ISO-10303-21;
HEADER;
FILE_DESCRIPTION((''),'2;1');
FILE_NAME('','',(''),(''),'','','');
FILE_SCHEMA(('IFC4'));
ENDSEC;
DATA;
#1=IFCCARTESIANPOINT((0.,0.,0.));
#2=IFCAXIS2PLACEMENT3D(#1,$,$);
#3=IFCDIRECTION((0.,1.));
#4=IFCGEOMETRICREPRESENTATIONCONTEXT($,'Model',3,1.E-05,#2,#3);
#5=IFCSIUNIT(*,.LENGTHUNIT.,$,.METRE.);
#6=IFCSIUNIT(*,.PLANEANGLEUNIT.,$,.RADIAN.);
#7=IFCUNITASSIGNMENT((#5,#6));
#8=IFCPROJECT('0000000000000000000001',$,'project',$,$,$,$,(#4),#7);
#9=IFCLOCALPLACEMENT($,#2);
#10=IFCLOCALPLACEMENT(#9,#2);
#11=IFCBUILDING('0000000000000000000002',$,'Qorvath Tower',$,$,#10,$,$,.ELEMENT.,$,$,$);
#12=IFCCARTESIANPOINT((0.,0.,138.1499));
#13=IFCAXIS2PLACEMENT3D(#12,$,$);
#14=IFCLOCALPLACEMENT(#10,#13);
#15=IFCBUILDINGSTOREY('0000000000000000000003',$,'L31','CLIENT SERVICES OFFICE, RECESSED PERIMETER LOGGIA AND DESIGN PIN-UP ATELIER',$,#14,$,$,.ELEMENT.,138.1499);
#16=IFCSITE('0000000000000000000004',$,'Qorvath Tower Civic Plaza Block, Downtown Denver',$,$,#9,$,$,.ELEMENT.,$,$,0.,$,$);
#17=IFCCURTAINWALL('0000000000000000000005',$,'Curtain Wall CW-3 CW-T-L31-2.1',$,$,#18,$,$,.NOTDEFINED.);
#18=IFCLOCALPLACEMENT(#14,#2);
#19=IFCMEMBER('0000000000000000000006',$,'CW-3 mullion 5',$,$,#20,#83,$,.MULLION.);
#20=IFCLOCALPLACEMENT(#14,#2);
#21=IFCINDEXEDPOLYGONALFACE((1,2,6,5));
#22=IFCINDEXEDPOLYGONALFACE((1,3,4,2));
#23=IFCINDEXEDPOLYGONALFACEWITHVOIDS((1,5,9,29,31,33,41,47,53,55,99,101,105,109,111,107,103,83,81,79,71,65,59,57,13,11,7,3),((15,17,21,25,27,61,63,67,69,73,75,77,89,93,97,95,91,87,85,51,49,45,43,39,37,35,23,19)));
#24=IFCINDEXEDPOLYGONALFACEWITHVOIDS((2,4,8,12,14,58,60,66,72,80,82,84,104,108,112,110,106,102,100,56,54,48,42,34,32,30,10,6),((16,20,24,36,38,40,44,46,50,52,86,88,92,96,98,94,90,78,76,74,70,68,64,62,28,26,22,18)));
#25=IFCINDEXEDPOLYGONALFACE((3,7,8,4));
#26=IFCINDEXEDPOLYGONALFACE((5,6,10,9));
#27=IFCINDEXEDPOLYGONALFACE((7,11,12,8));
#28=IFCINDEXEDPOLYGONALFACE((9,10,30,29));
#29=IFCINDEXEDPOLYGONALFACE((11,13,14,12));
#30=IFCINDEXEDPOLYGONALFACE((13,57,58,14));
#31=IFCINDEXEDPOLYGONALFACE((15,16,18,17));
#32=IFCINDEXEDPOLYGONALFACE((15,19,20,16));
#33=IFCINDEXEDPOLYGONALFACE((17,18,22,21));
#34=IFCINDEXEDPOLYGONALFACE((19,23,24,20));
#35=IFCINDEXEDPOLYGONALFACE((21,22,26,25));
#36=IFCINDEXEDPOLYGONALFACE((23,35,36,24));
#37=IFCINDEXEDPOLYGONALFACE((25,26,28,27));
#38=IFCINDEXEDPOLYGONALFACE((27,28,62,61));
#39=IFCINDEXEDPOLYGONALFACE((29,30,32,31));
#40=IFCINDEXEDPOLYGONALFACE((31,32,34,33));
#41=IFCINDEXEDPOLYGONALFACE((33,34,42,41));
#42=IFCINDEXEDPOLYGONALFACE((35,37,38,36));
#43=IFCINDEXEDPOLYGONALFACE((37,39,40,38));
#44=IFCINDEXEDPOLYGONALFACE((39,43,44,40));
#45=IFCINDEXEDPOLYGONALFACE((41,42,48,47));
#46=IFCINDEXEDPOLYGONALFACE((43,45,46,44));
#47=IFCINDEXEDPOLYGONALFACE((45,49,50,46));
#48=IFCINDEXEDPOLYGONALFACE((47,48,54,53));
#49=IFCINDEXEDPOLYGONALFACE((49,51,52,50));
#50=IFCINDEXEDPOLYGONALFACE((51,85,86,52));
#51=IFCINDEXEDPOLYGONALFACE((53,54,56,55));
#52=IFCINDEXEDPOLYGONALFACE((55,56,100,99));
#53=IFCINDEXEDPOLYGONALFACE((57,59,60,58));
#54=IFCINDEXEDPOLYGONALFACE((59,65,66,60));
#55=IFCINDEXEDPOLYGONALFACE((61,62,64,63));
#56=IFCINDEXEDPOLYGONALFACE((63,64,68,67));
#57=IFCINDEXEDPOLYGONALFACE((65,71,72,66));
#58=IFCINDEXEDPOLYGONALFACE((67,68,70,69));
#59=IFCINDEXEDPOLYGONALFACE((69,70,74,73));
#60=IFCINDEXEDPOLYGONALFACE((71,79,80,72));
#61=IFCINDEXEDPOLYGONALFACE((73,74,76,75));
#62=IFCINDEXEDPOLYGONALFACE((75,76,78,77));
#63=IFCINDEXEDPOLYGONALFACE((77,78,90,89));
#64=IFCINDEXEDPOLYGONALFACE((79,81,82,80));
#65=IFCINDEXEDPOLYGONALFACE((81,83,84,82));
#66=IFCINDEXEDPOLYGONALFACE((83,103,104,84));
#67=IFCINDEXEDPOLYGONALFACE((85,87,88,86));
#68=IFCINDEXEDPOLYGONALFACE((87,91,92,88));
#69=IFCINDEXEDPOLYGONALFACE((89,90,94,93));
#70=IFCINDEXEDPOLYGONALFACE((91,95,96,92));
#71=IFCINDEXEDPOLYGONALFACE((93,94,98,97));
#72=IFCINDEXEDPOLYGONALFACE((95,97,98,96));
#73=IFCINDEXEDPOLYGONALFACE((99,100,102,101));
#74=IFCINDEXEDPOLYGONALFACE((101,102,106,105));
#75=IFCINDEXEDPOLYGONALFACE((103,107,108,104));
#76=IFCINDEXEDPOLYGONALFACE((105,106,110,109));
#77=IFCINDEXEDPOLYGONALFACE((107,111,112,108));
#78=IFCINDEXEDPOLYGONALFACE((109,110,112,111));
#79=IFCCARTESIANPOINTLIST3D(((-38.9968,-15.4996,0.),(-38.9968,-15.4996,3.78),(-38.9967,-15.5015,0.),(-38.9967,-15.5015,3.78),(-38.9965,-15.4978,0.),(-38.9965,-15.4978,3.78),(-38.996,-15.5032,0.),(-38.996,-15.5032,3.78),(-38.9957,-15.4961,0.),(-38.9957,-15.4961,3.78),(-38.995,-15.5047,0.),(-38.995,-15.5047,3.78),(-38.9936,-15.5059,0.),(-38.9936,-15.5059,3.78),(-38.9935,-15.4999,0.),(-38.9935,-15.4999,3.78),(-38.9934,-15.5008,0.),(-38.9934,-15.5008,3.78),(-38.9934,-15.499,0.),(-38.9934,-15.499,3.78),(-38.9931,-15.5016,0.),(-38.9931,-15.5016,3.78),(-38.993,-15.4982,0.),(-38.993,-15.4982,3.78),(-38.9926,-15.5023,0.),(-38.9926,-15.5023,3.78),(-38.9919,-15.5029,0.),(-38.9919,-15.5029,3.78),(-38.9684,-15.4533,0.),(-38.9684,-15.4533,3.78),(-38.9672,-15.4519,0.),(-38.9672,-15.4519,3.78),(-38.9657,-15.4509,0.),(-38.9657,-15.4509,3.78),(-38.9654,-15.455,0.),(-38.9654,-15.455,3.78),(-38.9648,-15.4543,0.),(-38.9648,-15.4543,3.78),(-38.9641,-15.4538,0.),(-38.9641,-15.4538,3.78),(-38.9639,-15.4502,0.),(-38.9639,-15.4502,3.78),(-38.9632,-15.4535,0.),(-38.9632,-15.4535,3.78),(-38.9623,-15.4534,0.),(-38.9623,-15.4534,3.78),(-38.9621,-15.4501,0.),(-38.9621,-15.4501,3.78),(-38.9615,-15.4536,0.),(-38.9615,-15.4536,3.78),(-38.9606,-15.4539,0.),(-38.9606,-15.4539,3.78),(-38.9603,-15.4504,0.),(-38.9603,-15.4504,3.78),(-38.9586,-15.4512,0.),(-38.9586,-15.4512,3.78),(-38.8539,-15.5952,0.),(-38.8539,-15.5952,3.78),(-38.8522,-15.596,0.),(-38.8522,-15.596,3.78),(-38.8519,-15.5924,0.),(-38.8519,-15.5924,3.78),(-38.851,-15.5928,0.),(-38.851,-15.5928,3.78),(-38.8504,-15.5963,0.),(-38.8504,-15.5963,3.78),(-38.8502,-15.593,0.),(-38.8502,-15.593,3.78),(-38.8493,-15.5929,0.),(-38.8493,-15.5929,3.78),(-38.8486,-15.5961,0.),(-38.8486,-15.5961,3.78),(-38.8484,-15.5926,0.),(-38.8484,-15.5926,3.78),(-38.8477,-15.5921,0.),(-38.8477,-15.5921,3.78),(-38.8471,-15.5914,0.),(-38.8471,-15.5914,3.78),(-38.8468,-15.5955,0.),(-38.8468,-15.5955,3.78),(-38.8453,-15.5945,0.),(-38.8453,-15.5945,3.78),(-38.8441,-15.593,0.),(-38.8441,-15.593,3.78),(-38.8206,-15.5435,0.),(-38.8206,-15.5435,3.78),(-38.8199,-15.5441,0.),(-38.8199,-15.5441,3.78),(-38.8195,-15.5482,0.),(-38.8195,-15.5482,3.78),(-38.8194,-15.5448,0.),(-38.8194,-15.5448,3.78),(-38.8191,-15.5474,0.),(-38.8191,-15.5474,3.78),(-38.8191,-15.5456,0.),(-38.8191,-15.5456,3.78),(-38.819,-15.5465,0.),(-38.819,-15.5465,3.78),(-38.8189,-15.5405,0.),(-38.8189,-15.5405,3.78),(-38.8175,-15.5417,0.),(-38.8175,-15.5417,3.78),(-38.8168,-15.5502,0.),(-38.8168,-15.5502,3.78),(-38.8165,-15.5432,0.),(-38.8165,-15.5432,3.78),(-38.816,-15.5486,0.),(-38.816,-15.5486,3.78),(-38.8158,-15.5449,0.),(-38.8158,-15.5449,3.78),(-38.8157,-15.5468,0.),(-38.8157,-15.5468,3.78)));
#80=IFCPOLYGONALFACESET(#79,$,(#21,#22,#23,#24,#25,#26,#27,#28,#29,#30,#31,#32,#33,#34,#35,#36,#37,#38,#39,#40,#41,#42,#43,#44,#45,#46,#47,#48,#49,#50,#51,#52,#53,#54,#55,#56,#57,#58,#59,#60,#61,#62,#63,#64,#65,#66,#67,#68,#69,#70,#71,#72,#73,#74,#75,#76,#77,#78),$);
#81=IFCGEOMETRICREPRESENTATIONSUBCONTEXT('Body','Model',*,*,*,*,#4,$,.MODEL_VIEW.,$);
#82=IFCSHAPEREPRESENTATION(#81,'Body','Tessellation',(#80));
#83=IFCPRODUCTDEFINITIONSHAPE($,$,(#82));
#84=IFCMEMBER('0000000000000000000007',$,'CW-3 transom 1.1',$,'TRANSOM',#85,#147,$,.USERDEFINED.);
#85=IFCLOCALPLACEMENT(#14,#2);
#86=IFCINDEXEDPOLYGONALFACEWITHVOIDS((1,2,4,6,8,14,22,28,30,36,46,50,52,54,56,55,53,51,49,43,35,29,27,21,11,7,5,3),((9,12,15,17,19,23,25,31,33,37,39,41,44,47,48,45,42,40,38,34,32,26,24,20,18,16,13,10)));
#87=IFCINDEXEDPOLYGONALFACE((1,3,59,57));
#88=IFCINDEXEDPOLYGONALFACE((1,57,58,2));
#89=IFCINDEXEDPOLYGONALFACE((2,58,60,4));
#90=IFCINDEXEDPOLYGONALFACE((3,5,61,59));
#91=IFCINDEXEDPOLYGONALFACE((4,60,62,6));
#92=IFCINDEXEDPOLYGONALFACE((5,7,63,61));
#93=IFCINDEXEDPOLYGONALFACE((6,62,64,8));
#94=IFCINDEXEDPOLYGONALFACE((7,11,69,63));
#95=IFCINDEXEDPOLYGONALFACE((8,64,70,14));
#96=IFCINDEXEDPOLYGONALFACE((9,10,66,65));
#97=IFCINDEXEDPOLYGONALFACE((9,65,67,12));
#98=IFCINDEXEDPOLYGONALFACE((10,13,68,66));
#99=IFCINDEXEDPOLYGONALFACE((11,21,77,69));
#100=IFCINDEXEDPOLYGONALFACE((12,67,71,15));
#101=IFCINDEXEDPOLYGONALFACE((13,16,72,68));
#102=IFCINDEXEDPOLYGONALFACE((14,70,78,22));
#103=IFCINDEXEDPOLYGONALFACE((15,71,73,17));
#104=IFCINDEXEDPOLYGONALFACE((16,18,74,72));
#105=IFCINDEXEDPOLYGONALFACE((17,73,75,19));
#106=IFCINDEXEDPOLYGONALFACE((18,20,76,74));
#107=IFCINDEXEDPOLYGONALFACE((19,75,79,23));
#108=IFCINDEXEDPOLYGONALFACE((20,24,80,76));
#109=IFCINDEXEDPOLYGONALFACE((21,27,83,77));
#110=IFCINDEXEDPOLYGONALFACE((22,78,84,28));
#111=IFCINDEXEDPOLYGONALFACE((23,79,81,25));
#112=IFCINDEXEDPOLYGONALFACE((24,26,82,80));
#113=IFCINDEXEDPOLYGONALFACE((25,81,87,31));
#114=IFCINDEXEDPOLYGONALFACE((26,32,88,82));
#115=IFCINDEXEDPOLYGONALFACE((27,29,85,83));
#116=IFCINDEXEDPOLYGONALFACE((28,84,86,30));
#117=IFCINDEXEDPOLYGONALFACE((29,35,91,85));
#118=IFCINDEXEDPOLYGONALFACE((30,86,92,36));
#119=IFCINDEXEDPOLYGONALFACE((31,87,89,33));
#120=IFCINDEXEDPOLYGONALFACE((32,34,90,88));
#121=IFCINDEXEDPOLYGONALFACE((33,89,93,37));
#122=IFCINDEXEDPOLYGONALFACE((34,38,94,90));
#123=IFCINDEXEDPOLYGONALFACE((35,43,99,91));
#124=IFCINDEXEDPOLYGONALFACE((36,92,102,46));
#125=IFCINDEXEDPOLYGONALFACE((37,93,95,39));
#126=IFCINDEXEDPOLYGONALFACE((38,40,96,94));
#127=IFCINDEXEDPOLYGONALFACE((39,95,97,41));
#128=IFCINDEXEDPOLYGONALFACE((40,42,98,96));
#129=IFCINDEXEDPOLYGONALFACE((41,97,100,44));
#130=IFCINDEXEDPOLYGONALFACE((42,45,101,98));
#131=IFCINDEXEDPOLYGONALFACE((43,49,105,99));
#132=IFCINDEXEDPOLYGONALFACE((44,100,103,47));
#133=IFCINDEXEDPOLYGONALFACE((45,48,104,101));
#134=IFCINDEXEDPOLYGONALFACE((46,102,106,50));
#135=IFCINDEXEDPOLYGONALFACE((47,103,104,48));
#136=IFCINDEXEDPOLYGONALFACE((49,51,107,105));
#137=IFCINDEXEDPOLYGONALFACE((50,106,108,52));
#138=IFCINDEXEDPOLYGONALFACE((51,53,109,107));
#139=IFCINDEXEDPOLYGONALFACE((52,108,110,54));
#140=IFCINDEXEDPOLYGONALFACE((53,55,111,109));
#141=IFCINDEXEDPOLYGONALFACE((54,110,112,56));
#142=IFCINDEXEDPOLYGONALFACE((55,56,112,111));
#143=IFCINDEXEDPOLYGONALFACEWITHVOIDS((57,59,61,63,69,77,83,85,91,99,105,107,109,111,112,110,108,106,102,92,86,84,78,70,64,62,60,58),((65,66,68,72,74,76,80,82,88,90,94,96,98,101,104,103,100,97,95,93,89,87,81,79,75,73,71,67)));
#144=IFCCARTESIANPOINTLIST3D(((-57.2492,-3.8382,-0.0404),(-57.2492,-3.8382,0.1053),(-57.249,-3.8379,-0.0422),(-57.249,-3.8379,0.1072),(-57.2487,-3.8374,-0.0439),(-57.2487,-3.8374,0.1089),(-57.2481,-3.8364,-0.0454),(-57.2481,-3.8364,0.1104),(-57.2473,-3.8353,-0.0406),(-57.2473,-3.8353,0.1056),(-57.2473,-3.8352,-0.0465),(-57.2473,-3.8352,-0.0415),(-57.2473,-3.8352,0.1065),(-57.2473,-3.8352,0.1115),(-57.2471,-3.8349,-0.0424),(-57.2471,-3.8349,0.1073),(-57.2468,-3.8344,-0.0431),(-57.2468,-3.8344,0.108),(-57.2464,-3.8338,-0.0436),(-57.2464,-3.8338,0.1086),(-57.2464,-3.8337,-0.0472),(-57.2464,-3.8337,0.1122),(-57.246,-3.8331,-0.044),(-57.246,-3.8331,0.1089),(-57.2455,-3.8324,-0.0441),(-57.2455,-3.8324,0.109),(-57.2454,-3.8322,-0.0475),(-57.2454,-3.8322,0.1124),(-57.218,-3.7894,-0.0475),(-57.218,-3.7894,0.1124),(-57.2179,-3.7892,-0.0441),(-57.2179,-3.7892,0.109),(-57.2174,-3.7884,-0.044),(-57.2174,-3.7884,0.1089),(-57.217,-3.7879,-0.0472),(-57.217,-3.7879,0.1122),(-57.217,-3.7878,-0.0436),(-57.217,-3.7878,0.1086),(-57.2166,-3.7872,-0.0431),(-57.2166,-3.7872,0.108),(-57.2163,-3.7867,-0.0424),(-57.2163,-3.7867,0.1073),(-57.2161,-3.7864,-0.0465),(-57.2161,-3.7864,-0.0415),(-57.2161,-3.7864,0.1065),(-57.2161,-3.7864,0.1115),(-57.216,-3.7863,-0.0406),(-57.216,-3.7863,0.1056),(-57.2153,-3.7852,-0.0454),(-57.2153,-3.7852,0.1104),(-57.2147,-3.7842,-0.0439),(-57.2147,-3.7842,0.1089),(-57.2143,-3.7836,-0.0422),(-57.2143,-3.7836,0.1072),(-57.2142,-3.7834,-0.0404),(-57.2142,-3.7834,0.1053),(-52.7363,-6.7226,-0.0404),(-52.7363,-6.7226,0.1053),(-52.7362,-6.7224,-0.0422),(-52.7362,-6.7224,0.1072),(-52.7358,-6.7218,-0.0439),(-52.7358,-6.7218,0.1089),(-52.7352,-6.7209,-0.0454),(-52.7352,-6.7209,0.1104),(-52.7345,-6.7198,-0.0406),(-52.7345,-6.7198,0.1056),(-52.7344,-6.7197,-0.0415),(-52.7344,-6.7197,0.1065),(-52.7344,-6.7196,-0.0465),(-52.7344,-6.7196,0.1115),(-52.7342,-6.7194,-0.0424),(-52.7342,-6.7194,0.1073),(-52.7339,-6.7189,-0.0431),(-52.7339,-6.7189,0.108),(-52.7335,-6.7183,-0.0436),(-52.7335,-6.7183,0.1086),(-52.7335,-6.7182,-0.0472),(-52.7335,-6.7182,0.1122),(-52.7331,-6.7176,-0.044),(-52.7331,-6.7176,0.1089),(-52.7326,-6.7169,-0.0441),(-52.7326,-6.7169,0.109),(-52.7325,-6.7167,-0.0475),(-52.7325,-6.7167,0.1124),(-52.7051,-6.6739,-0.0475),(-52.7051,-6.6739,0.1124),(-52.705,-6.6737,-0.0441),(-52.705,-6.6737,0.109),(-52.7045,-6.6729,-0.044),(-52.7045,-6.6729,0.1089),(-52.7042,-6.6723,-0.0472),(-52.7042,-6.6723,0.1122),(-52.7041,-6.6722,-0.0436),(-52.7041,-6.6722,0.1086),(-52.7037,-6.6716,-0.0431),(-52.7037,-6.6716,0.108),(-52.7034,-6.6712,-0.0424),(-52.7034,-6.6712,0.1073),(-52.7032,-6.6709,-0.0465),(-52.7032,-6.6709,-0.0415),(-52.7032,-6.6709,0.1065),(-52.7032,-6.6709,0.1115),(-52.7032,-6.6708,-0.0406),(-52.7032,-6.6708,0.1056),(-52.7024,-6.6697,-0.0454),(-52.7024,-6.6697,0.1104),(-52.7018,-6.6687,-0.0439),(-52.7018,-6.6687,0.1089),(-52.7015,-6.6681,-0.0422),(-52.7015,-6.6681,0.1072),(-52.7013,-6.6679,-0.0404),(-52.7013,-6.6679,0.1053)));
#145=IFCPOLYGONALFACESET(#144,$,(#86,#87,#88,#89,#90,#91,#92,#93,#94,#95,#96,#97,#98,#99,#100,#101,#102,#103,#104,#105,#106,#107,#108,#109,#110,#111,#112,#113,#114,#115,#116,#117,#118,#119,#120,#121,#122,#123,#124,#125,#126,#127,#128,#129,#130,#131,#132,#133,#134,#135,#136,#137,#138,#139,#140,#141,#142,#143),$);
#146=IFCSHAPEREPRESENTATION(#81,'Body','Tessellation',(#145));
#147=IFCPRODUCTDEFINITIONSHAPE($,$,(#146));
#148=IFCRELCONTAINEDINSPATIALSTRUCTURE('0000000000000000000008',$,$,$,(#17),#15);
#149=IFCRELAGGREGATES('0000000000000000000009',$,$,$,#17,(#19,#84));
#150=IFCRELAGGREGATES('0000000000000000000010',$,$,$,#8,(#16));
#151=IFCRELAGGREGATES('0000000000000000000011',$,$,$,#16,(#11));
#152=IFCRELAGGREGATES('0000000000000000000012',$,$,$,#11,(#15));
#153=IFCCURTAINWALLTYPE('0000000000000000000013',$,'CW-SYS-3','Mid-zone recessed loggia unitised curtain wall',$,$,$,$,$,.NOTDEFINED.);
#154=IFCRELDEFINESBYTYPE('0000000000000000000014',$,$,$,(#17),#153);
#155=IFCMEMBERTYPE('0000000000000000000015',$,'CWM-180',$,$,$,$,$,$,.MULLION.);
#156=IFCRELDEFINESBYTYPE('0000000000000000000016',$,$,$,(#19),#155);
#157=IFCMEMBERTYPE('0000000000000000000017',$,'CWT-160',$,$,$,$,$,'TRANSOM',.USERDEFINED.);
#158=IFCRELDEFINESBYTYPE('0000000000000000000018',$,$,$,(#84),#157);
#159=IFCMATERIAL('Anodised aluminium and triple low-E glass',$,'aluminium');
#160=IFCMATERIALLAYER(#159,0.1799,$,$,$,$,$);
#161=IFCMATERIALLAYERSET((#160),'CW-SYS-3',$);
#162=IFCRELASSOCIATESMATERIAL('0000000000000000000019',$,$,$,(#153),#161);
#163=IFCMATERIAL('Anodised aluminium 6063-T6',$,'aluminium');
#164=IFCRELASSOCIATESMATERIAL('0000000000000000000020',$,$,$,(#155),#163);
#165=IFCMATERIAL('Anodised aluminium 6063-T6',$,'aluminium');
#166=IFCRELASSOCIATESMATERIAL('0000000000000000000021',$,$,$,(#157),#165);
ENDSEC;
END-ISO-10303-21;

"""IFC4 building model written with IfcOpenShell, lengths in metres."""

from ifc_helpers import new_model, si_unit, direction, frame, origin, origin_2d, place, context, subcontext, project, spatial, hollow_rectangle, extrude, material, layer, layer_set, material_profile, profile_set, type_object, element, aggregate, save


model = new_model("IFC4")

# Units and contexts
model_context = context("Model", 3, precision=1e-05, world=origin(), true_north=direction((0.0, 1.0)))
body_context = subcontext(model_context, "Body", "Model", "MODEL_VIEW")
ifc_project = project(units=[si_unit("LENGTHUNIT", "METRE"), si_unit("PLANEANGLEUNIT", "RADIAN")], contexts=[model_context])

# Site, building, storey
site_placement = place(None, origin())
site = spatial("IfcSite", under=ifc_project, at=site_placement, Name="Qorvath Tower Civic Plaza Block, Downtown Denver", CompositionType="ELEMENT", RefElevation=0.0)
building_placement = place(site_placement, origin())
building = spatial("IfcBuilding", under=site, at=building_placement, Name="Qorvath Tower", CompositionType="ELEMENT")
storey_placement = place(building_placement, frame((0.0, 0.0, 138.1499)))
storey = spatial("IfcBuildingStorey", under=building, at=storey_placement, Name="L31", Description="CLIENT SERVICES OFFICE, RECESSED PERIMETER LOGGIA AND DESIGN PIN-UP ATELIER", CompositionType="ELEMENT", Elevation=138.1499)

# Curtain wall, members
ifc_material_1 = material(Name="Anodised aluminium and triple low-E glass", Category="aluminium")
ifc_layer_1 = layer(ifc_material_1, 0.1799)
ifc_layer_set_1 = layer_set([ifc_layer_1], Name="CW-SYS-3")
curtain_wall_type = type_object("IfcCurtainWallType", Name="CW-SYS-3", Description="Mid-zone recessed loggia unitised curtain wall", PredefinedType="NOTDEFINED", material=ifc_layer_set_1)
curtain_wall_placement = place(storey_placement, origin())
curtain_wall = element("IfcCurtainWall", 1, at=curtain_wall_placement, inside=storey, type_object=curtain_wall_type, Name="Curtain Wall CW-3 CW-T-L31-2.1", PredefinedType="NOTDEFINED")
ifc_material_2 = material(Name="Anodised aluminium 6063-T6", Category="aluminium")
ifc_material_profile_1 = material_profile(ifc_material_2, hollow_rectangle(XDim=0.0649, YDim=0.1799, WallThickness=0.0034, InnerFilletRadius=0.0034, OuterFilletRadius=0.0071, at=origin_2d()), Name="CWM 180x65")
ifc_profile_set_1 = profile_set([ifc_material_profile_1], Name="Anodised aluminium 6063-T6")
member_type_1 = type_object("IfcMemberType", Name="CWM-180", PredefinedType="MULLION", material=ifc_profile_set_1)
member_1_placement = place(storey_placement, frame((-38.9062, -15.5232, 0.0), z_axis=(0.0, 0.0, 1.0), x_axis=(0.538534, 0.842604, 0.0)))
member_1 = element("IfcMember", 2, at=member_1_placement, type_object=member_type_1, Name="CW-3 mullion 5", PredefinedType="MULLION", context=body_context, shape_type="SweptSolid", body=[
    extrude(hollow_rectangle(XDim=0.0649, YDim=0.1799, WallThickness=0.0034, InnerFilletRadius=0.0034, OuterFilletRadius=0.0071, at=origin_2d()), origin(), (0.0, 0.0, 1.0), 3.78),
])
ifc_material_3 = material(Name="Anodised aluminium 6063-T6", Category="aluminium")
ifc_material_profile_2 = material_profile(ifc_material_3, hollow_rectangle(XDim=0.0649, YDim=0.1599, WallThickness=0.0034, InnerFilletRadius=0.0034, OuterFilletRadius=0.0071, at=origin_2d()), Name="CWT 160x65")
ifc_profile_set_2 = profile_set([ifc_material_profile_2], Name="Anodised aluminium 6063-T6")
member_type_2 = type_object("IfcMemberType", Name="CWT-160", ElementType="TRANSOM", PredefinedType="USERDEFINED", material=ifc_profile_set_2)
member_2_placement = place(storey_placement, frame((-57.2317, -3.8108, 0.0325), z_axis=(0.84259, -0.538556, 0.0), x_axis=(0.538556, 0.84259, 0.0)))
member_2 = element("IfcMember", 3, at=member_2_placement, type_object=member_type_2, Name="CW-3 transom 1.1", ObjectType="TRANSOM", PredefinedType="USERDEFINED", context=body_context, shape_type="SweptSolid", body=[
    extrude(hollow_rectangle(XDim=0.0649, YDim=0.1599, WallThickness=0.0034, InnerFilletRadius=0.0034, OuterFilletRadius=0.0071, at=origin_2d()), origin(), (0.0, 0.0, 1.0), 5.356),
])

aggregate(curtain_wall, [member_1, member_2])

save(model, "model.ifc")
